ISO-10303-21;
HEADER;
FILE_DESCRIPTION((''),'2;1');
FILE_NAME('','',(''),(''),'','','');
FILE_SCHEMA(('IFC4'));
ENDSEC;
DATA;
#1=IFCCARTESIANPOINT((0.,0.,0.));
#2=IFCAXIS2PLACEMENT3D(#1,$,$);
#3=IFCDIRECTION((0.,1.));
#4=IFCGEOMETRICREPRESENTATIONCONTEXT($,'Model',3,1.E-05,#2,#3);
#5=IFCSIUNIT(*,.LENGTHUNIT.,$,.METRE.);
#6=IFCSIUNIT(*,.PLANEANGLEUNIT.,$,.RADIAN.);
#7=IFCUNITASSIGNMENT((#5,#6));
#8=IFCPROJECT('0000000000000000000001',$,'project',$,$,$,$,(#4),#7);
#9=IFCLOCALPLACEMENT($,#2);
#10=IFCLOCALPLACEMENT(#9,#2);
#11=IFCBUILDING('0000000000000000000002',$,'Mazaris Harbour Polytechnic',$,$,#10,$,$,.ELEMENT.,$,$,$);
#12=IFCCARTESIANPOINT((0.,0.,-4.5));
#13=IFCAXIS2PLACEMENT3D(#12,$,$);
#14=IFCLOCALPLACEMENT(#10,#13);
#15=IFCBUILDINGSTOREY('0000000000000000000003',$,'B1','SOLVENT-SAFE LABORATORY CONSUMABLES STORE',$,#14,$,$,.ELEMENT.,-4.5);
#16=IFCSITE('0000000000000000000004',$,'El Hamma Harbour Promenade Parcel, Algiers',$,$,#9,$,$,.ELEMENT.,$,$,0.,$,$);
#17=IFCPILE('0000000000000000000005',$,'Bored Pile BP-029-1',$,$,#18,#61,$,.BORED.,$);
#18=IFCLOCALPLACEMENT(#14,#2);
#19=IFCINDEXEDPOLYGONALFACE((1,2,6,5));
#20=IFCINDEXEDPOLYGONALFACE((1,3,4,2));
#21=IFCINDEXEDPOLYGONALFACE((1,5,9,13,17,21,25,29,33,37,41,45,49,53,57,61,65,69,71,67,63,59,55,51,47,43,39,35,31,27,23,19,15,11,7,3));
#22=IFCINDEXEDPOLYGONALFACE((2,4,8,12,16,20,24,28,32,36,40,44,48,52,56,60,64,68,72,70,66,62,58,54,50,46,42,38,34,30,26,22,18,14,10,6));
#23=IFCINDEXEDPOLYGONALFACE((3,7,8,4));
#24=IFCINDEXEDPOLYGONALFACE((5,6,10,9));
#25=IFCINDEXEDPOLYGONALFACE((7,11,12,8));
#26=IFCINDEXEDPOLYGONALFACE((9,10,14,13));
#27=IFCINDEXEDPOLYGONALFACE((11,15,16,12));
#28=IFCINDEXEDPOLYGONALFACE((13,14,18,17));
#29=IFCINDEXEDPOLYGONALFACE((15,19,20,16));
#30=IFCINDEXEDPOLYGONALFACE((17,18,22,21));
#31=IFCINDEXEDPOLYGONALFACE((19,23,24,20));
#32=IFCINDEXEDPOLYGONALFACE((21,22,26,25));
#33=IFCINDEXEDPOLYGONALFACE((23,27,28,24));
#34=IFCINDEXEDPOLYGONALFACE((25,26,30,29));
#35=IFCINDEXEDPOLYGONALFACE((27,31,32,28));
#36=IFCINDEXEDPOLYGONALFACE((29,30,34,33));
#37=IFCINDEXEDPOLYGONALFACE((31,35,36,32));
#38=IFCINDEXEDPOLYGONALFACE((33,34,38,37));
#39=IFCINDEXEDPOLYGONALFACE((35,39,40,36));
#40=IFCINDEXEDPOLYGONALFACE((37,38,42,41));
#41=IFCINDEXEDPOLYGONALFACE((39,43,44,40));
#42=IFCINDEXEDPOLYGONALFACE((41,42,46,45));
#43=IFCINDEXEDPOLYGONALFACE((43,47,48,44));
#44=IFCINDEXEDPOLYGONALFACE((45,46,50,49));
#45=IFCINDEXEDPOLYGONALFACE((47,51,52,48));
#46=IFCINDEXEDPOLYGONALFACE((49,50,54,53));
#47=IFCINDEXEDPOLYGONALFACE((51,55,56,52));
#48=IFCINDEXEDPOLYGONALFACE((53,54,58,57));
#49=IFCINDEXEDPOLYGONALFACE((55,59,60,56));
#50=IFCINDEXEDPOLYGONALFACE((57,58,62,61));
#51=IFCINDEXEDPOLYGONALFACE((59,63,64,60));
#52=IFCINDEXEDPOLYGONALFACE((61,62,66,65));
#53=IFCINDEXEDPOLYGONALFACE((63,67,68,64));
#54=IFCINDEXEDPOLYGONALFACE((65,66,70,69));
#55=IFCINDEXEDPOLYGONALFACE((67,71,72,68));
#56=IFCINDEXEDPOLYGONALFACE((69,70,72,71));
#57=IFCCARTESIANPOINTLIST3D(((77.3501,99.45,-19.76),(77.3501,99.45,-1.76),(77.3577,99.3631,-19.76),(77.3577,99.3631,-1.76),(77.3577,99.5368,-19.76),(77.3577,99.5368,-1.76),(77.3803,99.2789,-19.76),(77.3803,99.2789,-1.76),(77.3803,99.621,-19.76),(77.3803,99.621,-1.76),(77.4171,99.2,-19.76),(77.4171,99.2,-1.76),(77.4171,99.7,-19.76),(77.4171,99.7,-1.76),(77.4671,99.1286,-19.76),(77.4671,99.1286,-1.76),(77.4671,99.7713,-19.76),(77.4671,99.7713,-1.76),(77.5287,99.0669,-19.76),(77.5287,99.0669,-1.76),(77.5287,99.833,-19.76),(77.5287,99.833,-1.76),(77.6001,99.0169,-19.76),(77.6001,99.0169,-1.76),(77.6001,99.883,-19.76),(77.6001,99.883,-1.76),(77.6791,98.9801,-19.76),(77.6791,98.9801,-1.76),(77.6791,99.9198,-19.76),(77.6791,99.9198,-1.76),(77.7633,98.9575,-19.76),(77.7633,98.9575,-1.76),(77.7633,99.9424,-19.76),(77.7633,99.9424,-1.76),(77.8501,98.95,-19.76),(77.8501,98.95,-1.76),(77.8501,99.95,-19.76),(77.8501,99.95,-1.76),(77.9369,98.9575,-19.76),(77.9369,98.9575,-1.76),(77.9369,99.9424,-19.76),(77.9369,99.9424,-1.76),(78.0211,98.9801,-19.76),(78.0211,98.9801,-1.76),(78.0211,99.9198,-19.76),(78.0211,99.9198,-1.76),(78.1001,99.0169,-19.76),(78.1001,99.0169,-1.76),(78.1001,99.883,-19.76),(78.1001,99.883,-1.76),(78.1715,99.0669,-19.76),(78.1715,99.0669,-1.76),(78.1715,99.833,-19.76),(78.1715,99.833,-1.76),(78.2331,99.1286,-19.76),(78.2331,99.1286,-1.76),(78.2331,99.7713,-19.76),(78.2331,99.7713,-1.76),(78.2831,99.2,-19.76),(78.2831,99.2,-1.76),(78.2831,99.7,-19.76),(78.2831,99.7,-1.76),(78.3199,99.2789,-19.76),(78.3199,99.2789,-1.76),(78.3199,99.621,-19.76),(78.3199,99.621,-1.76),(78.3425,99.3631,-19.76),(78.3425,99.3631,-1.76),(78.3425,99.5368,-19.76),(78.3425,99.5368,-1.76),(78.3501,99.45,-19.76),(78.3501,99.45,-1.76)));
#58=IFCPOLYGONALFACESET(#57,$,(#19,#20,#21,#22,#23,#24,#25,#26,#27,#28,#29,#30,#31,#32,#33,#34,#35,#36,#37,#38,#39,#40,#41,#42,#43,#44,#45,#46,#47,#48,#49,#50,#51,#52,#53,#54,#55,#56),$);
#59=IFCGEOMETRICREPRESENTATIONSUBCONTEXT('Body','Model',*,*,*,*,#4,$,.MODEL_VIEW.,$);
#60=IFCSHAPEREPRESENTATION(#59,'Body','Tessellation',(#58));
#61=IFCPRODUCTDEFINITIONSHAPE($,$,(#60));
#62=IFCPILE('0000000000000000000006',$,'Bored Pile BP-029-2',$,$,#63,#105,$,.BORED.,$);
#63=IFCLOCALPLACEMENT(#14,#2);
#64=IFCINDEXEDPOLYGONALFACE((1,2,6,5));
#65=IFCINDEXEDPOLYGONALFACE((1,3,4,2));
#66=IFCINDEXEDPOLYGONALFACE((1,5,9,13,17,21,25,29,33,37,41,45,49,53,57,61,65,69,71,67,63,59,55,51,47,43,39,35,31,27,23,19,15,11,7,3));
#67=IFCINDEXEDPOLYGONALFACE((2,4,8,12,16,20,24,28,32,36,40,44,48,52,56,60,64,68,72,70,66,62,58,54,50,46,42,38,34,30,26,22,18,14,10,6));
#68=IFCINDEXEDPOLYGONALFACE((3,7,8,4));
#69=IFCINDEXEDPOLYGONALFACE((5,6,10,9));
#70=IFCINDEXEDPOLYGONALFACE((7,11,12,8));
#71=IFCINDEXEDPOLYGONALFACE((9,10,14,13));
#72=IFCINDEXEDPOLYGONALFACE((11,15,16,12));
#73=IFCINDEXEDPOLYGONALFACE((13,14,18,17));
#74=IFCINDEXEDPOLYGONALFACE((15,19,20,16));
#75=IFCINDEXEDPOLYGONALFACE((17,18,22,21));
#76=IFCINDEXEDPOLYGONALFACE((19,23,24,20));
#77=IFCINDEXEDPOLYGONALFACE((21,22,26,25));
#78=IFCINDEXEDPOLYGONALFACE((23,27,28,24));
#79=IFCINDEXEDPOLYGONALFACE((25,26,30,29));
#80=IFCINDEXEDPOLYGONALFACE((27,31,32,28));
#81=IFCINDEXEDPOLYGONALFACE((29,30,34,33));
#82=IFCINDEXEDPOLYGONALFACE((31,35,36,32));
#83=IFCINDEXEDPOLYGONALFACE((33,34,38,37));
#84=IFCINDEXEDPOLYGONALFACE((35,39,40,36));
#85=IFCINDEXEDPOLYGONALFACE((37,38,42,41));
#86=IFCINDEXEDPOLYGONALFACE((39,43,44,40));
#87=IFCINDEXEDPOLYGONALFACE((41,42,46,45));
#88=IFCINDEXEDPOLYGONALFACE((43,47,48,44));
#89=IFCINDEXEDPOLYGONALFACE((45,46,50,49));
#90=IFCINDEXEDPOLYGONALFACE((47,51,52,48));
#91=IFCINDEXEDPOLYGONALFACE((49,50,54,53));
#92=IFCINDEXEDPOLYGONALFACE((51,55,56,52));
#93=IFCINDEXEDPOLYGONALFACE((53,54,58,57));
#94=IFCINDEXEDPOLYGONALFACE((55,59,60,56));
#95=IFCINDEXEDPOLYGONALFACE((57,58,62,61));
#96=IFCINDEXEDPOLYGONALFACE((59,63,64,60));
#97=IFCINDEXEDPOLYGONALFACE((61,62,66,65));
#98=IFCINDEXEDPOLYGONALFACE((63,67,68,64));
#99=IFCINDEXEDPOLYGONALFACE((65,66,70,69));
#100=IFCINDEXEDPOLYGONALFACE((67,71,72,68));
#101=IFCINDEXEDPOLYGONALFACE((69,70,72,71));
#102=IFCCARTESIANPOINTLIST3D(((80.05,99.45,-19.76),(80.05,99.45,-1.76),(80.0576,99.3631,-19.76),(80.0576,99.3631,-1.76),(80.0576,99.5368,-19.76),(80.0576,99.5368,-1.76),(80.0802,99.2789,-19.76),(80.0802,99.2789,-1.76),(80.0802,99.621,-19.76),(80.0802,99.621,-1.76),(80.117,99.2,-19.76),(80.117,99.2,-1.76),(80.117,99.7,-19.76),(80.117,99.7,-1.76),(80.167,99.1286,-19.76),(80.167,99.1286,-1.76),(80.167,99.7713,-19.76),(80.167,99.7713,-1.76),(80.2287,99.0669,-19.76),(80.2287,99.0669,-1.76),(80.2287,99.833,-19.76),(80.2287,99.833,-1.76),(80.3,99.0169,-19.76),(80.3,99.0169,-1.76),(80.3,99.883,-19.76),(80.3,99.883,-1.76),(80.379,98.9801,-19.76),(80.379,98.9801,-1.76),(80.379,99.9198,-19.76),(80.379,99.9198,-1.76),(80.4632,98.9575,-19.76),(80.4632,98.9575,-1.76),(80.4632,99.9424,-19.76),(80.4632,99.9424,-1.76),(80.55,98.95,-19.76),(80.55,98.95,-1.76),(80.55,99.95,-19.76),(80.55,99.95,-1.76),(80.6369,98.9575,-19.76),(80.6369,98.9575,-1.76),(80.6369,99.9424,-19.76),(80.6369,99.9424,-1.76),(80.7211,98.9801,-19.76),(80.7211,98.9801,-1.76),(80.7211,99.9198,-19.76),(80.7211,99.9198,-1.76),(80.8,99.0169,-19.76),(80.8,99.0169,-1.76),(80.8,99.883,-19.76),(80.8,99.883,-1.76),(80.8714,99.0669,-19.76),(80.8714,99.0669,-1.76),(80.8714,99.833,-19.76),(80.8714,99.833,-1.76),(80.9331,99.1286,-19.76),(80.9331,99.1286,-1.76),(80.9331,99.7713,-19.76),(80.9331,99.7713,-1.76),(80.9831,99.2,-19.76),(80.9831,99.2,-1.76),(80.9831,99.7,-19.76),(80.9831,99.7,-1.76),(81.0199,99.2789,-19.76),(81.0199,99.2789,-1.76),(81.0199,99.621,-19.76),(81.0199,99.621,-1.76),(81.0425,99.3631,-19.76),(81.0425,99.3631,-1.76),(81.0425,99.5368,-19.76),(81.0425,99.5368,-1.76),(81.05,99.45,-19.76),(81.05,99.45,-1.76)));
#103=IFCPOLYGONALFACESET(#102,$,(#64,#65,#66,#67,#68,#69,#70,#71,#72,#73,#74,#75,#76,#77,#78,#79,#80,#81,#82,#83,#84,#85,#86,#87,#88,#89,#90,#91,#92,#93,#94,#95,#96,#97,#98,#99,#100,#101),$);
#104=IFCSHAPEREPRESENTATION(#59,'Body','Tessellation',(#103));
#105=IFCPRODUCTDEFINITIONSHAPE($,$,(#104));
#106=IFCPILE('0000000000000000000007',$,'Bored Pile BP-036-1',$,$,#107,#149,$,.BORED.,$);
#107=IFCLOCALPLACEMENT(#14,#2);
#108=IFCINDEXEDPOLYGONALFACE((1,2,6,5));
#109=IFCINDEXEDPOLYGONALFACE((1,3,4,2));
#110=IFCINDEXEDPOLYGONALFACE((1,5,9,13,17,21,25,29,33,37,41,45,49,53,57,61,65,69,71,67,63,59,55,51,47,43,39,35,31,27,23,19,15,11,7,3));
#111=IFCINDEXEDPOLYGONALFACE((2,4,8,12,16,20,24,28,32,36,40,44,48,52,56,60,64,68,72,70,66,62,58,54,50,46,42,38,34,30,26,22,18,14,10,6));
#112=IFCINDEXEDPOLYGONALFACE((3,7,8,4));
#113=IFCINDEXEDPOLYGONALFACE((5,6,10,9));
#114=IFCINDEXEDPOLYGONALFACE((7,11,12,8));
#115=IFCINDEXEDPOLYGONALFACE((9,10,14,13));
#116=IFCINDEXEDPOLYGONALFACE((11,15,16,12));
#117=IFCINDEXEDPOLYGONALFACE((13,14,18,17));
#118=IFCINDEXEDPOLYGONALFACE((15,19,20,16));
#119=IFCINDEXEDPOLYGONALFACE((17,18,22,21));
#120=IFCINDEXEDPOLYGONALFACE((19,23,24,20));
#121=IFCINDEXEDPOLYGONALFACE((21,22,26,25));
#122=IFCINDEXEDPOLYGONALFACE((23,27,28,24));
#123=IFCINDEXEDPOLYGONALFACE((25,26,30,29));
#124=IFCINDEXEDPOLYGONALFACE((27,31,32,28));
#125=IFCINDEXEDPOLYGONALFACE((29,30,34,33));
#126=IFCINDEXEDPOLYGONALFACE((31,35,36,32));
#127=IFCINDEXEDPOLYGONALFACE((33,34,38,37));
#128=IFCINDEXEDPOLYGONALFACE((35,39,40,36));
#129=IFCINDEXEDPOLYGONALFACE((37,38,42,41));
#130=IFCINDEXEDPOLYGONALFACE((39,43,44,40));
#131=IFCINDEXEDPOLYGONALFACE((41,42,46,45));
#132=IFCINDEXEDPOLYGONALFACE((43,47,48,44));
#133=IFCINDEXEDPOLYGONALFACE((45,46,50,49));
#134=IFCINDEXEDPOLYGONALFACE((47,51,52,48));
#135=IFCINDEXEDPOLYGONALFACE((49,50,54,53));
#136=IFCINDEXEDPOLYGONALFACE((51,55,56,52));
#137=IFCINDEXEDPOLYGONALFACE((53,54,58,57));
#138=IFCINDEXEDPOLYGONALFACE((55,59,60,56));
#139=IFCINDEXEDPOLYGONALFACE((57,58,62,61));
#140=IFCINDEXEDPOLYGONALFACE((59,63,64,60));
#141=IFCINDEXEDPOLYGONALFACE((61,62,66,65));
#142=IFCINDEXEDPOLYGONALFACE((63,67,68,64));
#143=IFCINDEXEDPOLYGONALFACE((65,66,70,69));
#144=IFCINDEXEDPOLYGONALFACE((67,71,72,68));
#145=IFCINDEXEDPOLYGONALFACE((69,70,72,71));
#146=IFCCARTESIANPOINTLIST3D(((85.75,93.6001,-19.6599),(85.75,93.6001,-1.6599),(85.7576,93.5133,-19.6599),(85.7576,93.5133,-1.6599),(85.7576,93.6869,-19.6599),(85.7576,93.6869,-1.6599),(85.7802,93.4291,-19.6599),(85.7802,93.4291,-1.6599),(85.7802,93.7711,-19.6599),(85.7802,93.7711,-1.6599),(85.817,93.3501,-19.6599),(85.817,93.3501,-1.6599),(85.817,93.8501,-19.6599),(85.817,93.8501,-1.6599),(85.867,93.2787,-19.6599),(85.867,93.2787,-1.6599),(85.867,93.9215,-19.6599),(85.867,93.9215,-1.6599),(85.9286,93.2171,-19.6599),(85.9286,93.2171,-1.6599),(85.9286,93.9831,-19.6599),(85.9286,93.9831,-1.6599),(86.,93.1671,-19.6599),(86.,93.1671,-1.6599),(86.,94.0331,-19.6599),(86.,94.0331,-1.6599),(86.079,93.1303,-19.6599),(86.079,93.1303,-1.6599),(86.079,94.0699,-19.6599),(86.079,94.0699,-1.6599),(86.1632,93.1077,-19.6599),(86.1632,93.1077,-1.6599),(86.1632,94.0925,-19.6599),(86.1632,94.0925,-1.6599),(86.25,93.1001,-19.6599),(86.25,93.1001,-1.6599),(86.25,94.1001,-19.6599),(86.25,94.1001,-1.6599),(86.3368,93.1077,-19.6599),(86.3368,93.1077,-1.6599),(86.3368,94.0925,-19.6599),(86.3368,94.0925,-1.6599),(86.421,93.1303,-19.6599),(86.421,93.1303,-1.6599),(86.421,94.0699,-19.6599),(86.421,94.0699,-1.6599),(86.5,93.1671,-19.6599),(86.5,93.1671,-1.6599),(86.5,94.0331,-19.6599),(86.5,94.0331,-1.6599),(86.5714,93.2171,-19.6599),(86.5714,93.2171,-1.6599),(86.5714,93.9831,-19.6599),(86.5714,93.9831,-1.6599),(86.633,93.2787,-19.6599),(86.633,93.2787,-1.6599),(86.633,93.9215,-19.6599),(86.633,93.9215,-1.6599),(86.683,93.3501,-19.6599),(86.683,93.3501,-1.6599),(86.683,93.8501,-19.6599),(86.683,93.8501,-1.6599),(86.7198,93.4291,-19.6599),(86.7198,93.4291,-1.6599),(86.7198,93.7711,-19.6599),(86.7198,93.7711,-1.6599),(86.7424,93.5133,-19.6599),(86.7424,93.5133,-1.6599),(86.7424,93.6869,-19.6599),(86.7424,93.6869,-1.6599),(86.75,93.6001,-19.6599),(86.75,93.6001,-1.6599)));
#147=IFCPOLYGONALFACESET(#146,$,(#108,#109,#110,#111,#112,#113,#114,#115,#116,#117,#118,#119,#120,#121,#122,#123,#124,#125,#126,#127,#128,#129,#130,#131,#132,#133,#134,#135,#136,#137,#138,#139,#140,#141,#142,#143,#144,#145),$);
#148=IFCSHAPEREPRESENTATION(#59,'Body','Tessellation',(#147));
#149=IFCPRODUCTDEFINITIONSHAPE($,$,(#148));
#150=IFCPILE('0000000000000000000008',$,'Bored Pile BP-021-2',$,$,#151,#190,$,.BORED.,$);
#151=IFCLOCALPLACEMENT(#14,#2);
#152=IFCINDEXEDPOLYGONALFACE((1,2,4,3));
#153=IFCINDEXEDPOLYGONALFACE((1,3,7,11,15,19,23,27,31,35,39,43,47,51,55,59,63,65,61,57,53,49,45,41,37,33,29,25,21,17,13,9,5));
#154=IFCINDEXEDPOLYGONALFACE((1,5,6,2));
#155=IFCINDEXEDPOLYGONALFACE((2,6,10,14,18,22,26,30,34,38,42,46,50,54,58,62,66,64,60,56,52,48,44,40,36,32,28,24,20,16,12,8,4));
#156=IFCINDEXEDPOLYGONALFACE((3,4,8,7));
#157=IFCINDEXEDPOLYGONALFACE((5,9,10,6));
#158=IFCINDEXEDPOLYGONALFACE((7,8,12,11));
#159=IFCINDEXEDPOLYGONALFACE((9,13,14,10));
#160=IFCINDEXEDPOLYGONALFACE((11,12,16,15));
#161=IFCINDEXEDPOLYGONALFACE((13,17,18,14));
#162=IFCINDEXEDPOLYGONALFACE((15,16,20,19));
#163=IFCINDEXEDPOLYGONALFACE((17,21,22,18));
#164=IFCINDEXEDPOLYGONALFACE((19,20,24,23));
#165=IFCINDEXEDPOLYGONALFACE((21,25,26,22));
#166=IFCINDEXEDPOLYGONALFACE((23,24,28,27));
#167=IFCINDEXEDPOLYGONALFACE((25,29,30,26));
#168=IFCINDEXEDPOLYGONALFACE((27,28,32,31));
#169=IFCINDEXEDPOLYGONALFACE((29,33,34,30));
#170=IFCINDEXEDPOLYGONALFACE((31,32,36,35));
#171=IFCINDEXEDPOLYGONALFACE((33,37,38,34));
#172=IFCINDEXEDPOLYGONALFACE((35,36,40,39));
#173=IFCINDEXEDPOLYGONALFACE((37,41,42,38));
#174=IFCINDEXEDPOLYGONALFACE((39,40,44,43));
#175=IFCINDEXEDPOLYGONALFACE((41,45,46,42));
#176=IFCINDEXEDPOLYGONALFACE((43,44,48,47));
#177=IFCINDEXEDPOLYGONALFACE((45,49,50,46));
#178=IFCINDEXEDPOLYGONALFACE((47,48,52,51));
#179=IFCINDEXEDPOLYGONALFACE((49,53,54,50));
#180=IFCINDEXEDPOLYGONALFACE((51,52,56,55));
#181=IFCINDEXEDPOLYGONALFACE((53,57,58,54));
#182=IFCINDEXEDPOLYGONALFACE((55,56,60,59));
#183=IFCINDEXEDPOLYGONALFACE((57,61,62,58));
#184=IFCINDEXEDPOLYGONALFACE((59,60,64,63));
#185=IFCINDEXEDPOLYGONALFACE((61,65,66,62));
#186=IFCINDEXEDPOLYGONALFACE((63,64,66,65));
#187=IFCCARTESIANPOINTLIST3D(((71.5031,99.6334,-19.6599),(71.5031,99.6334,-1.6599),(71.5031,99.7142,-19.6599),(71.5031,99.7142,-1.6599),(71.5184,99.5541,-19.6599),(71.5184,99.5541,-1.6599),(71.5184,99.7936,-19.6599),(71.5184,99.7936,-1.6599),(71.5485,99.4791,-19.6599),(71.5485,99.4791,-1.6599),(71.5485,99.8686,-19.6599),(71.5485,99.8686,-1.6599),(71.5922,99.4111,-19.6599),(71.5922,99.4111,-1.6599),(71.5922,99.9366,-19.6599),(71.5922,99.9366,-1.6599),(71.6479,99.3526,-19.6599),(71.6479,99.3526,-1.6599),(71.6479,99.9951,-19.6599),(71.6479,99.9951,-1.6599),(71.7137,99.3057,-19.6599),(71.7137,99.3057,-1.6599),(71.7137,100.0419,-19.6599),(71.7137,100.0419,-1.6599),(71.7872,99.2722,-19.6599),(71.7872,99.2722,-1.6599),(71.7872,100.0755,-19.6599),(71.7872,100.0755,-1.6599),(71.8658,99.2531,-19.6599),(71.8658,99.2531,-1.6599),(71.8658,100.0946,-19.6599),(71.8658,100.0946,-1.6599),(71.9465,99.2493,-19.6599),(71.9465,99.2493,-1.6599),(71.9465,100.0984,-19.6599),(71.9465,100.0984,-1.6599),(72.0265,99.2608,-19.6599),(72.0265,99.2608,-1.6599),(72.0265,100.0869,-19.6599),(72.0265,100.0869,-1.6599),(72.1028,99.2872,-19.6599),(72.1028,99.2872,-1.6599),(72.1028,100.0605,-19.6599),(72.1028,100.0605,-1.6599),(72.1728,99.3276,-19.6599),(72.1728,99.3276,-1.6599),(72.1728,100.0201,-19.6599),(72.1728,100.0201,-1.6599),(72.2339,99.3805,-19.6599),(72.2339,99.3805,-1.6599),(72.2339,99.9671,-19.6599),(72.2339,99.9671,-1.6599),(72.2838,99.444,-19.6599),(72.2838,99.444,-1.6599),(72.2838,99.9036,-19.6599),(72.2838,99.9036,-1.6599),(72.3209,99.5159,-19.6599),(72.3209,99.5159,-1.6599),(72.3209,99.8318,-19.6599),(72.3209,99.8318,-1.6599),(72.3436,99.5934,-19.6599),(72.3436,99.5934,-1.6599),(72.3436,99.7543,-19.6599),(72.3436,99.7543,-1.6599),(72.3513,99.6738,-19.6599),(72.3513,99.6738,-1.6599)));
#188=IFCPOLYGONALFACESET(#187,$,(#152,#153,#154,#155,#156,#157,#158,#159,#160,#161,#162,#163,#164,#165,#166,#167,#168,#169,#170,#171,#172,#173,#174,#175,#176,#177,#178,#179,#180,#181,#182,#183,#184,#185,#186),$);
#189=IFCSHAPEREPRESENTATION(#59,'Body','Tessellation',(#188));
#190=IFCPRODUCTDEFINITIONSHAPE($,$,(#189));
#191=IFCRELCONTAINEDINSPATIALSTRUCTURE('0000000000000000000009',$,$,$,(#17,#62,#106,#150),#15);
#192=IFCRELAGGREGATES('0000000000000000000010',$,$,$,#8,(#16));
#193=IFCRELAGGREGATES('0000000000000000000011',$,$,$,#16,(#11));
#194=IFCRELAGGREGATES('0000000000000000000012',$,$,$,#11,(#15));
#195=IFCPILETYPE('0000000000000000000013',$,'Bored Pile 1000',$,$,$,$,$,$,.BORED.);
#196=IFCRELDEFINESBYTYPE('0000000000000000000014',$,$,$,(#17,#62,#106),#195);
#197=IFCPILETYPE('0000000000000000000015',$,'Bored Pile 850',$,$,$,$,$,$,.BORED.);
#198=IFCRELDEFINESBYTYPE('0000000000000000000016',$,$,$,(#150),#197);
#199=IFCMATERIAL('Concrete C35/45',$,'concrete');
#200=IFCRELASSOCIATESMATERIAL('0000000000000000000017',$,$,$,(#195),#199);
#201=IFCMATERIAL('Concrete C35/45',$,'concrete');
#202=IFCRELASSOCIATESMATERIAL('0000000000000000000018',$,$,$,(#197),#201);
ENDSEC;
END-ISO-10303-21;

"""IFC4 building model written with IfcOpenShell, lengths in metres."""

from ifc_helpers import new_model, si_unit, direction, frame, origin, origin_2d, place, context, subcontext, project, spatial, circle, extrude, material, material_profile, profile_set, type_object, element, save


model = new_model("IFC4")

# Units and contexts
model_context = context("Model", 3, precision=1e-05, world=origin(), true_north=direction((0.0, 1.0)))
body_context = subcontext(model_context, "Body", "Model", "MODEL_VIEW")
ifc_project = project(units=[si_unit("LENGTHUNIT", "METRE"), si_unit("PLANEANGLEUNIT", "RADIAN")], contexts=[model_context])

# Site, building, storey
site_placement = place(None, origin())
site = spatial("IfcSite", under=ifc_project, at=site_placement, Name="El Hamma Harbour Promenade Parcel, Algiers", CompositionType="ELEMENT", RefElevation=0.0)
building_placement = place(site_placement, origin())
building = spatial("IfcBuilding", under=site, at=building_placement, Name="Mazaris Harbour Polytechnic", CompositionType="ELEMENT")
storey_placement = place(building_placement, frame((0.0, 0.0, -4.5)))
storey = spatial("IfcBuildingStorey", under=building, at=storey_placement, Name="B1", Description="SOLVENT-SAFE LABORATORY CONSUMABLES STORE", CompositionType="ELEMENT", Elevation=-4.5)

# Piles
ifc_material_1 = material(Name="Concrete C35/45", Category="concrete")
ifc_material_profile_1 = material_profile(ifc_material_1, circle(Radius=0.5, at=origin_2d()), Name="DIA1000")
ifc_profile_set_1 = profile_set([ifc_material_profile_1], Name="Concrete C35/45")
pile_type_1 = type_object("IfcPileType", Name="Bored Pile 1000", PredefinedType="BORED", material=ifc_profile_set_1)
for number, where, z_axis, x_axis, name in (
    (1, (77.8501, 99.45, -1.76), (0.0, 0.0, -1.0), (1.0, 0.0, 0.0), "Bored Pile BP-029-1"),
    (2, (80.55, 99.45, -1.76), (0.0, 0.0, -1.0), (1.0, 0.0, 0.0), "Bored Pile BP-029-2"),
    (3, (86.25, 93.6001, -1.6599), (0.0, 0.0, -1.0), (1.0, 0.0, 0.0), "Bored Pile BP-036-1"),
):
    element("IfcPile", number, at=place(storey_placement, frame(where, z_axis=z_axis, x_axis=x_axis)), inside=storey, type_object=pile_type_1, Name=name, PredefinedType="BORED", context=body_context, shape_type="SweptSolid", body=[
        extrude(circle(Radius=0.5, at=origin_2d()), origin(), (0.0, 0.0, 1.0), 18.0),
    ])
ifc_material_2 = material(Name="Concrete C35/45", Category="concrete")
ifc_material_profile_2 = material_profile(ifc_material_2, circle(Radius=0.425, at=origin_2d()), Name="DIA850")
ifc_profile_set_2 = profile_set([ifc_material_profile_2], Name="Concrete C35/45")
pile_type_2 = type_object("IfcPileType", Name="Bored Pile 850", PredefinedType="BORED", material=ifc_profile_set_2)
pile_placement = place(storey_placement, frame((71.9263, 99.6738, -1.6599), z_axis=(0.0, 0.0, -1.0), x_axis=(1.0, 0.0, 0.0)))
element("IfcPile", 4, at=pile_placement, inside=storey, type_object=pile_type_2, Name="Bored Pile BP-021-2", PredefinedType="BORED", context=body_context, shape_type="SweptSolid", body=[
    extrude(circle(Radius=0.425, at=origin_2d()), origin(), (0.0, 0.0, 1.0), 18.0),
])

save(model, "model.ifc")
